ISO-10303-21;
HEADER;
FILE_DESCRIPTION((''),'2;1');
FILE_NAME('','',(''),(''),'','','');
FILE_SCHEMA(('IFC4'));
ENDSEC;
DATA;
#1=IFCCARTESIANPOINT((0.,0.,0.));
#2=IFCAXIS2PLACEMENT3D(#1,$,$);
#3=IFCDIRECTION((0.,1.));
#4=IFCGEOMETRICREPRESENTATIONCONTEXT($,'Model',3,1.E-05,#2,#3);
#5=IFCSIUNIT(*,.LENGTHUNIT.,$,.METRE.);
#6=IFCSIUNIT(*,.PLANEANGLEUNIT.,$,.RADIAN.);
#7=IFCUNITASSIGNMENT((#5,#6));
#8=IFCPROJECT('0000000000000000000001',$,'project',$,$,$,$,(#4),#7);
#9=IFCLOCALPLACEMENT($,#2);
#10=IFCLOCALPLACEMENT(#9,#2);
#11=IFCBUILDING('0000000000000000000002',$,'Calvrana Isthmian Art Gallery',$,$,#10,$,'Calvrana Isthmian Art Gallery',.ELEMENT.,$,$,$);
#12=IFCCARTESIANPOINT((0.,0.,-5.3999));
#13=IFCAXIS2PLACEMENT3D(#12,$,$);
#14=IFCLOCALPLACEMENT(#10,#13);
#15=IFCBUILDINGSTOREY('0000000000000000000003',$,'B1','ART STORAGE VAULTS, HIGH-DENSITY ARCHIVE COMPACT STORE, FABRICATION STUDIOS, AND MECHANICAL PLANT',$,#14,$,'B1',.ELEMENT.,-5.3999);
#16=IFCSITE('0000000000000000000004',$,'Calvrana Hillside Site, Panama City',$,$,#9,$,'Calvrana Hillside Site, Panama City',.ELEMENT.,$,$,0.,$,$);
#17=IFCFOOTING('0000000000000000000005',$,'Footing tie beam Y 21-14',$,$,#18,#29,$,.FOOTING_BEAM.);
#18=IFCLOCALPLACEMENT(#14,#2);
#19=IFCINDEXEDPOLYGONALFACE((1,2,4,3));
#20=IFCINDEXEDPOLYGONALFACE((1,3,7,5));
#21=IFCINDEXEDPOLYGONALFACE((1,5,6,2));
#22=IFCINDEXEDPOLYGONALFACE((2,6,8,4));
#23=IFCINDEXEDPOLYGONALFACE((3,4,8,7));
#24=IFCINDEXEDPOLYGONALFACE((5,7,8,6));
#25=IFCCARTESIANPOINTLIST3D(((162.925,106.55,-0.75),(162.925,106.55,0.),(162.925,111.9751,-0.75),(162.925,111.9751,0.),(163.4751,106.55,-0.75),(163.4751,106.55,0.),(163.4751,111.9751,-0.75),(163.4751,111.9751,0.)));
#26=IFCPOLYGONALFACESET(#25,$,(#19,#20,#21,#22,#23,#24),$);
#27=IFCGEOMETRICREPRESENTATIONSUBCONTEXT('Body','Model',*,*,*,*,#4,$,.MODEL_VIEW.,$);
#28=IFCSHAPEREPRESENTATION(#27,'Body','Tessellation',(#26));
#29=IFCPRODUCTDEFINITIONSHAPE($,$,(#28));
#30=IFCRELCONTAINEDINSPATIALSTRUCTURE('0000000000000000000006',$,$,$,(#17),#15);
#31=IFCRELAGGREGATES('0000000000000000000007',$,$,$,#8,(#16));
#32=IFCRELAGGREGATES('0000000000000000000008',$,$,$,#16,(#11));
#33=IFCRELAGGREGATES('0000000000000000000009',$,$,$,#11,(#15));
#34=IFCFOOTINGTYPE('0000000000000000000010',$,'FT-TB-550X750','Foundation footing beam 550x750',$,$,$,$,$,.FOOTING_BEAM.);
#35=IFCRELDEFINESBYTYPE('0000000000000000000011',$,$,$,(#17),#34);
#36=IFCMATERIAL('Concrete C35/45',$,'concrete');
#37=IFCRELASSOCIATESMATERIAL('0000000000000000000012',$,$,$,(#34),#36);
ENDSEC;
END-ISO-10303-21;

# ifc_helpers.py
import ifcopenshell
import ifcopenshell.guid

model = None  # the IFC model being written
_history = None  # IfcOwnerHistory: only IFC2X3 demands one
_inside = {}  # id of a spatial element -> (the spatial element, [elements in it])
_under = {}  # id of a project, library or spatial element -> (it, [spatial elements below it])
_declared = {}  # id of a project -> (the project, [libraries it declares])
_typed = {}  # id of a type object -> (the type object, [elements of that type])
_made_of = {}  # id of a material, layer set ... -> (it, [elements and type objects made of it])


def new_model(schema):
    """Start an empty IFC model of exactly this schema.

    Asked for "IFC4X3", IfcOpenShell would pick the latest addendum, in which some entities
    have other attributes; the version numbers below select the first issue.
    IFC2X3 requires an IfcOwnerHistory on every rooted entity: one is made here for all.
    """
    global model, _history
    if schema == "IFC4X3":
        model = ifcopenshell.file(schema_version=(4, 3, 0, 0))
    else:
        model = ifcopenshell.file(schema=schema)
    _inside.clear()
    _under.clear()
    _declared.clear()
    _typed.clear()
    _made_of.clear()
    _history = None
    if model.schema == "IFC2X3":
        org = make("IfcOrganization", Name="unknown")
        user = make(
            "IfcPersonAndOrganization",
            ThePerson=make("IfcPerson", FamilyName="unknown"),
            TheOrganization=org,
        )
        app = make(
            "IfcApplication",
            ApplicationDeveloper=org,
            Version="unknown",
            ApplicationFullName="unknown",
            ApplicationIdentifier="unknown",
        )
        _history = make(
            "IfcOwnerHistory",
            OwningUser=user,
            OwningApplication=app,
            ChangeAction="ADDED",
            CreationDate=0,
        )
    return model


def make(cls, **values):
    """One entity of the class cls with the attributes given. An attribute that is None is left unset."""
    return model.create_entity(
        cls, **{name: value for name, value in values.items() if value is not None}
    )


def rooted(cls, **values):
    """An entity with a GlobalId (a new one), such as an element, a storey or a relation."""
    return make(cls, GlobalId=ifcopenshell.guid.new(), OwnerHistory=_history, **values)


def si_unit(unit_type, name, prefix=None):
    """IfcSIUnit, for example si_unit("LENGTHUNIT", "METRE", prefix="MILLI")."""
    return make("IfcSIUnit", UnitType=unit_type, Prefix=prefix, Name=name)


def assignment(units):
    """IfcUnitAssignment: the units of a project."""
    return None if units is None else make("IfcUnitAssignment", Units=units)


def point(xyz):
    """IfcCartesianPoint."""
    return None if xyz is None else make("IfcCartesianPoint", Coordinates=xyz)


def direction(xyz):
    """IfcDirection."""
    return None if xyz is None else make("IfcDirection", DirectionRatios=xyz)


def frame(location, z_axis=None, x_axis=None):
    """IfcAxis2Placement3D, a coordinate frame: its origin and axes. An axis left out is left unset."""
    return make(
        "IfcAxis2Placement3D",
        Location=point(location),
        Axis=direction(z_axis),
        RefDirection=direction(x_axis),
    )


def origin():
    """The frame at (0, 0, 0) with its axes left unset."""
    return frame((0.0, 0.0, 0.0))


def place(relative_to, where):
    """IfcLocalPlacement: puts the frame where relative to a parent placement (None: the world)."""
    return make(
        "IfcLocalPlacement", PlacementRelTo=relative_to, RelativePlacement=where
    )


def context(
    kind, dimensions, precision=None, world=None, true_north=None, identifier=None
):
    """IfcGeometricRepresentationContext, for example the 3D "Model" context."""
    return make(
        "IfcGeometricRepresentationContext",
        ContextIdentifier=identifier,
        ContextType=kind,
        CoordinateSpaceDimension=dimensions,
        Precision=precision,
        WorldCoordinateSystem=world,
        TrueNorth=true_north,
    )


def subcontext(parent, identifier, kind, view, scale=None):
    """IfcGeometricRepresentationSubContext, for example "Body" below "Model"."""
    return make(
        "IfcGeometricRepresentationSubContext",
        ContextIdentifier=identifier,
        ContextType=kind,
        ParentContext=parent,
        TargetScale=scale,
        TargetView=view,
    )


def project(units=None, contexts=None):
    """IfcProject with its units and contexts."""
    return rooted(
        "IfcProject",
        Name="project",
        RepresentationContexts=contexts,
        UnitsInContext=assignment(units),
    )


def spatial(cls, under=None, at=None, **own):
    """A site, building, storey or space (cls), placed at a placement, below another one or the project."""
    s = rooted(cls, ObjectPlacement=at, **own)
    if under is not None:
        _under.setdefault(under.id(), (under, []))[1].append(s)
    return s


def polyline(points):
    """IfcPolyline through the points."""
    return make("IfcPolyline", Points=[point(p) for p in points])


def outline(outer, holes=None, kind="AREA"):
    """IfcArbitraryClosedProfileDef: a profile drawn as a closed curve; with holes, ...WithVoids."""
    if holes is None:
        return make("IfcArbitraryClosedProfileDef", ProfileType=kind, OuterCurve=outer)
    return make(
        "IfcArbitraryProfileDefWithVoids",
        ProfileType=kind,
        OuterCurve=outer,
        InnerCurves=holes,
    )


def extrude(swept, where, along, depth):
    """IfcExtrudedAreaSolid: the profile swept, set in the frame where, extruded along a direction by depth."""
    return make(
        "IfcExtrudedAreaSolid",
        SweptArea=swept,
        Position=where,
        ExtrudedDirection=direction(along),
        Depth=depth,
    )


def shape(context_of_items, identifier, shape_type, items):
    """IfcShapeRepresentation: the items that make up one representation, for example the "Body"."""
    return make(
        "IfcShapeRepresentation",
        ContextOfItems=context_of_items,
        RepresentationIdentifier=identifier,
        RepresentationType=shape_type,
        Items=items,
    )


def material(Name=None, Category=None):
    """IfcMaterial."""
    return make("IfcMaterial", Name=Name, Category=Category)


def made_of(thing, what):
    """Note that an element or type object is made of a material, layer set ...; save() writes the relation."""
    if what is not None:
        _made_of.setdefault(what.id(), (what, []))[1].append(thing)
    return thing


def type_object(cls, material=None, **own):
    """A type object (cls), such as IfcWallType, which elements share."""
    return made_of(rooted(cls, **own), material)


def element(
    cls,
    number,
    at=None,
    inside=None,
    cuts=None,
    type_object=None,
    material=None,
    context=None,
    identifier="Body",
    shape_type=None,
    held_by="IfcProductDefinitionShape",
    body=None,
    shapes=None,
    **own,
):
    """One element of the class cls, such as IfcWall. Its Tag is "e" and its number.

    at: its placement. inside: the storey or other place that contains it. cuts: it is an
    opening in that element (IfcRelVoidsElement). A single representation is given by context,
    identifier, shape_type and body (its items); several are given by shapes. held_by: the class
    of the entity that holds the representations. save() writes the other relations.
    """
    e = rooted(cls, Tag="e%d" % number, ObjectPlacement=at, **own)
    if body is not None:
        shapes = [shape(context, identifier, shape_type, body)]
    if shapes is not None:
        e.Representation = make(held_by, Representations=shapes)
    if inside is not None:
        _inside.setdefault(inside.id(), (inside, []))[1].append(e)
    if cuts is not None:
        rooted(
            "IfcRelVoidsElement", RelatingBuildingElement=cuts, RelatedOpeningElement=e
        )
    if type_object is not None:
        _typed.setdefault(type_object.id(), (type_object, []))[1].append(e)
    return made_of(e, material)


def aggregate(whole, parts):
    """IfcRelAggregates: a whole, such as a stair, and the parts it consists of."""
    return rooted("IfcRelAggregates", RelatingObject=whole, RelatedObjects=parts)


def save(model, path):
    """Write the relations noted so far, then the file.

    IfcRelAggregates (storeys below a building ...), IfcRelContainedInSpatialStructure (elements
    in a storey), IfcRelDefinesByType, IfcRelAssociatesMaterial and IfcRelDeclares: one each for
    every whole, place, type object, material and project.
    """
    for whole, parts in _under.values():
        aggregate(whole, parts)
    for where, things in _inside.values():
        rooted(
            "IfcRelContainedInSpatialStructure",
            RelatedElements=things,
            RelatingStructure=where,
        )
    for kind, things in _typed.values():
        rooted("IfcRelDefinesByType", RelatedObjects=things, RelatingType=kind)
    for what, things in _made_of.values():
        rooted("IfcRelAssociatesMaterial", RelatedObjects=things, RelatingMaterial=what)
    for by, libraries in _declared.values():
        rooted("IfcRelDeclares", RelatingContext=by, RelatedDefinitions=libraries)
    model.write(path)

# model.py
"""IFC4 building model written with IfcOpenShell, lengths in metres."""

from ifc_helpers import new_model, si_unit, direction, frame, origin, place, context, subcontext, project, spatial, polyline, outline, extrude, material, type_object, element, save


model = new_model("IFC4")

# Units and contexts
model_context = context("Model", 3, precision=1e-05, world=origin(), true_north=direction((0.0, 1.0)))
body_context = subcontext(model_context, "Body", "Model", "MODEL_VIEW")
ifc_project = project(units=[si_unit("LENGTHUNIT", "METRE"), si_unit("PLANEANGLEUNIT", "RADIAN")], contexts=[model_context])

# Site, building, storey
site_placement = place(None, origin())
site = spatial("IfcSite", under=ifc_project, at=site_placement, Name="Calvrana Hillside Site, Panama City", LongName="Calvrana Hillside Site, Panama City", CompositionType="ELEMENT", RefElevation=0.0)
building_placement = place(site_placement, origin())
building = spatial("IfcBuilding", under=site, at=building_placement, Name="Calvrana Isthmian Art Gallery", LongName="Calvrana Isthmian Art Gallery", CompositionType="ELEMENT")
storey_placement = place(building_placement, frame((0.0, 0.0, -5.3999)))
storey = spatial("IfcBuildingStorey", under=building, at=storey_placement, Name="B1", Description="ART STORAGE VAULTS, HIGH-DENSITY ARCHIVE COMPACT STORE, FABRICATION STUDIOS, AND MECHANICAL PLANT", LongName="B1", CompositionType="ELEMENT", Elevation=-5.3999)

# Footing
ifc_material = material(Name="Concrete C35/45", Category="concrete")
footing_type_1 = type_object("IfcFootingType", Name="FT-TB-550X750", Description="Foundation footing beam 550x750", PredefinedType="FOOTING_BEAM", material=ifc_material)
footing_1_placement = place(storey_placement, frame((0.0, 0.0, -0.75)))
element("IfcFooting", 1, at=footing_1_placement, inside=storey, type_object=footing_type_1, Name="Footing tie beam Y 21-14", PredefinedType="FOOTING_BEAM", context=body_context, shape_type="SweptSolid", body=[
    extrude(outline(polyline([(162.925, 106.55), (163.4751, 106.55), (163.4751, 111.9751), (162.925, 111.9751), (162.925, 106.55)])), origin(), (0.0, 0.0, 1.0), 0.75),
])

save(model, "model.ifc")
